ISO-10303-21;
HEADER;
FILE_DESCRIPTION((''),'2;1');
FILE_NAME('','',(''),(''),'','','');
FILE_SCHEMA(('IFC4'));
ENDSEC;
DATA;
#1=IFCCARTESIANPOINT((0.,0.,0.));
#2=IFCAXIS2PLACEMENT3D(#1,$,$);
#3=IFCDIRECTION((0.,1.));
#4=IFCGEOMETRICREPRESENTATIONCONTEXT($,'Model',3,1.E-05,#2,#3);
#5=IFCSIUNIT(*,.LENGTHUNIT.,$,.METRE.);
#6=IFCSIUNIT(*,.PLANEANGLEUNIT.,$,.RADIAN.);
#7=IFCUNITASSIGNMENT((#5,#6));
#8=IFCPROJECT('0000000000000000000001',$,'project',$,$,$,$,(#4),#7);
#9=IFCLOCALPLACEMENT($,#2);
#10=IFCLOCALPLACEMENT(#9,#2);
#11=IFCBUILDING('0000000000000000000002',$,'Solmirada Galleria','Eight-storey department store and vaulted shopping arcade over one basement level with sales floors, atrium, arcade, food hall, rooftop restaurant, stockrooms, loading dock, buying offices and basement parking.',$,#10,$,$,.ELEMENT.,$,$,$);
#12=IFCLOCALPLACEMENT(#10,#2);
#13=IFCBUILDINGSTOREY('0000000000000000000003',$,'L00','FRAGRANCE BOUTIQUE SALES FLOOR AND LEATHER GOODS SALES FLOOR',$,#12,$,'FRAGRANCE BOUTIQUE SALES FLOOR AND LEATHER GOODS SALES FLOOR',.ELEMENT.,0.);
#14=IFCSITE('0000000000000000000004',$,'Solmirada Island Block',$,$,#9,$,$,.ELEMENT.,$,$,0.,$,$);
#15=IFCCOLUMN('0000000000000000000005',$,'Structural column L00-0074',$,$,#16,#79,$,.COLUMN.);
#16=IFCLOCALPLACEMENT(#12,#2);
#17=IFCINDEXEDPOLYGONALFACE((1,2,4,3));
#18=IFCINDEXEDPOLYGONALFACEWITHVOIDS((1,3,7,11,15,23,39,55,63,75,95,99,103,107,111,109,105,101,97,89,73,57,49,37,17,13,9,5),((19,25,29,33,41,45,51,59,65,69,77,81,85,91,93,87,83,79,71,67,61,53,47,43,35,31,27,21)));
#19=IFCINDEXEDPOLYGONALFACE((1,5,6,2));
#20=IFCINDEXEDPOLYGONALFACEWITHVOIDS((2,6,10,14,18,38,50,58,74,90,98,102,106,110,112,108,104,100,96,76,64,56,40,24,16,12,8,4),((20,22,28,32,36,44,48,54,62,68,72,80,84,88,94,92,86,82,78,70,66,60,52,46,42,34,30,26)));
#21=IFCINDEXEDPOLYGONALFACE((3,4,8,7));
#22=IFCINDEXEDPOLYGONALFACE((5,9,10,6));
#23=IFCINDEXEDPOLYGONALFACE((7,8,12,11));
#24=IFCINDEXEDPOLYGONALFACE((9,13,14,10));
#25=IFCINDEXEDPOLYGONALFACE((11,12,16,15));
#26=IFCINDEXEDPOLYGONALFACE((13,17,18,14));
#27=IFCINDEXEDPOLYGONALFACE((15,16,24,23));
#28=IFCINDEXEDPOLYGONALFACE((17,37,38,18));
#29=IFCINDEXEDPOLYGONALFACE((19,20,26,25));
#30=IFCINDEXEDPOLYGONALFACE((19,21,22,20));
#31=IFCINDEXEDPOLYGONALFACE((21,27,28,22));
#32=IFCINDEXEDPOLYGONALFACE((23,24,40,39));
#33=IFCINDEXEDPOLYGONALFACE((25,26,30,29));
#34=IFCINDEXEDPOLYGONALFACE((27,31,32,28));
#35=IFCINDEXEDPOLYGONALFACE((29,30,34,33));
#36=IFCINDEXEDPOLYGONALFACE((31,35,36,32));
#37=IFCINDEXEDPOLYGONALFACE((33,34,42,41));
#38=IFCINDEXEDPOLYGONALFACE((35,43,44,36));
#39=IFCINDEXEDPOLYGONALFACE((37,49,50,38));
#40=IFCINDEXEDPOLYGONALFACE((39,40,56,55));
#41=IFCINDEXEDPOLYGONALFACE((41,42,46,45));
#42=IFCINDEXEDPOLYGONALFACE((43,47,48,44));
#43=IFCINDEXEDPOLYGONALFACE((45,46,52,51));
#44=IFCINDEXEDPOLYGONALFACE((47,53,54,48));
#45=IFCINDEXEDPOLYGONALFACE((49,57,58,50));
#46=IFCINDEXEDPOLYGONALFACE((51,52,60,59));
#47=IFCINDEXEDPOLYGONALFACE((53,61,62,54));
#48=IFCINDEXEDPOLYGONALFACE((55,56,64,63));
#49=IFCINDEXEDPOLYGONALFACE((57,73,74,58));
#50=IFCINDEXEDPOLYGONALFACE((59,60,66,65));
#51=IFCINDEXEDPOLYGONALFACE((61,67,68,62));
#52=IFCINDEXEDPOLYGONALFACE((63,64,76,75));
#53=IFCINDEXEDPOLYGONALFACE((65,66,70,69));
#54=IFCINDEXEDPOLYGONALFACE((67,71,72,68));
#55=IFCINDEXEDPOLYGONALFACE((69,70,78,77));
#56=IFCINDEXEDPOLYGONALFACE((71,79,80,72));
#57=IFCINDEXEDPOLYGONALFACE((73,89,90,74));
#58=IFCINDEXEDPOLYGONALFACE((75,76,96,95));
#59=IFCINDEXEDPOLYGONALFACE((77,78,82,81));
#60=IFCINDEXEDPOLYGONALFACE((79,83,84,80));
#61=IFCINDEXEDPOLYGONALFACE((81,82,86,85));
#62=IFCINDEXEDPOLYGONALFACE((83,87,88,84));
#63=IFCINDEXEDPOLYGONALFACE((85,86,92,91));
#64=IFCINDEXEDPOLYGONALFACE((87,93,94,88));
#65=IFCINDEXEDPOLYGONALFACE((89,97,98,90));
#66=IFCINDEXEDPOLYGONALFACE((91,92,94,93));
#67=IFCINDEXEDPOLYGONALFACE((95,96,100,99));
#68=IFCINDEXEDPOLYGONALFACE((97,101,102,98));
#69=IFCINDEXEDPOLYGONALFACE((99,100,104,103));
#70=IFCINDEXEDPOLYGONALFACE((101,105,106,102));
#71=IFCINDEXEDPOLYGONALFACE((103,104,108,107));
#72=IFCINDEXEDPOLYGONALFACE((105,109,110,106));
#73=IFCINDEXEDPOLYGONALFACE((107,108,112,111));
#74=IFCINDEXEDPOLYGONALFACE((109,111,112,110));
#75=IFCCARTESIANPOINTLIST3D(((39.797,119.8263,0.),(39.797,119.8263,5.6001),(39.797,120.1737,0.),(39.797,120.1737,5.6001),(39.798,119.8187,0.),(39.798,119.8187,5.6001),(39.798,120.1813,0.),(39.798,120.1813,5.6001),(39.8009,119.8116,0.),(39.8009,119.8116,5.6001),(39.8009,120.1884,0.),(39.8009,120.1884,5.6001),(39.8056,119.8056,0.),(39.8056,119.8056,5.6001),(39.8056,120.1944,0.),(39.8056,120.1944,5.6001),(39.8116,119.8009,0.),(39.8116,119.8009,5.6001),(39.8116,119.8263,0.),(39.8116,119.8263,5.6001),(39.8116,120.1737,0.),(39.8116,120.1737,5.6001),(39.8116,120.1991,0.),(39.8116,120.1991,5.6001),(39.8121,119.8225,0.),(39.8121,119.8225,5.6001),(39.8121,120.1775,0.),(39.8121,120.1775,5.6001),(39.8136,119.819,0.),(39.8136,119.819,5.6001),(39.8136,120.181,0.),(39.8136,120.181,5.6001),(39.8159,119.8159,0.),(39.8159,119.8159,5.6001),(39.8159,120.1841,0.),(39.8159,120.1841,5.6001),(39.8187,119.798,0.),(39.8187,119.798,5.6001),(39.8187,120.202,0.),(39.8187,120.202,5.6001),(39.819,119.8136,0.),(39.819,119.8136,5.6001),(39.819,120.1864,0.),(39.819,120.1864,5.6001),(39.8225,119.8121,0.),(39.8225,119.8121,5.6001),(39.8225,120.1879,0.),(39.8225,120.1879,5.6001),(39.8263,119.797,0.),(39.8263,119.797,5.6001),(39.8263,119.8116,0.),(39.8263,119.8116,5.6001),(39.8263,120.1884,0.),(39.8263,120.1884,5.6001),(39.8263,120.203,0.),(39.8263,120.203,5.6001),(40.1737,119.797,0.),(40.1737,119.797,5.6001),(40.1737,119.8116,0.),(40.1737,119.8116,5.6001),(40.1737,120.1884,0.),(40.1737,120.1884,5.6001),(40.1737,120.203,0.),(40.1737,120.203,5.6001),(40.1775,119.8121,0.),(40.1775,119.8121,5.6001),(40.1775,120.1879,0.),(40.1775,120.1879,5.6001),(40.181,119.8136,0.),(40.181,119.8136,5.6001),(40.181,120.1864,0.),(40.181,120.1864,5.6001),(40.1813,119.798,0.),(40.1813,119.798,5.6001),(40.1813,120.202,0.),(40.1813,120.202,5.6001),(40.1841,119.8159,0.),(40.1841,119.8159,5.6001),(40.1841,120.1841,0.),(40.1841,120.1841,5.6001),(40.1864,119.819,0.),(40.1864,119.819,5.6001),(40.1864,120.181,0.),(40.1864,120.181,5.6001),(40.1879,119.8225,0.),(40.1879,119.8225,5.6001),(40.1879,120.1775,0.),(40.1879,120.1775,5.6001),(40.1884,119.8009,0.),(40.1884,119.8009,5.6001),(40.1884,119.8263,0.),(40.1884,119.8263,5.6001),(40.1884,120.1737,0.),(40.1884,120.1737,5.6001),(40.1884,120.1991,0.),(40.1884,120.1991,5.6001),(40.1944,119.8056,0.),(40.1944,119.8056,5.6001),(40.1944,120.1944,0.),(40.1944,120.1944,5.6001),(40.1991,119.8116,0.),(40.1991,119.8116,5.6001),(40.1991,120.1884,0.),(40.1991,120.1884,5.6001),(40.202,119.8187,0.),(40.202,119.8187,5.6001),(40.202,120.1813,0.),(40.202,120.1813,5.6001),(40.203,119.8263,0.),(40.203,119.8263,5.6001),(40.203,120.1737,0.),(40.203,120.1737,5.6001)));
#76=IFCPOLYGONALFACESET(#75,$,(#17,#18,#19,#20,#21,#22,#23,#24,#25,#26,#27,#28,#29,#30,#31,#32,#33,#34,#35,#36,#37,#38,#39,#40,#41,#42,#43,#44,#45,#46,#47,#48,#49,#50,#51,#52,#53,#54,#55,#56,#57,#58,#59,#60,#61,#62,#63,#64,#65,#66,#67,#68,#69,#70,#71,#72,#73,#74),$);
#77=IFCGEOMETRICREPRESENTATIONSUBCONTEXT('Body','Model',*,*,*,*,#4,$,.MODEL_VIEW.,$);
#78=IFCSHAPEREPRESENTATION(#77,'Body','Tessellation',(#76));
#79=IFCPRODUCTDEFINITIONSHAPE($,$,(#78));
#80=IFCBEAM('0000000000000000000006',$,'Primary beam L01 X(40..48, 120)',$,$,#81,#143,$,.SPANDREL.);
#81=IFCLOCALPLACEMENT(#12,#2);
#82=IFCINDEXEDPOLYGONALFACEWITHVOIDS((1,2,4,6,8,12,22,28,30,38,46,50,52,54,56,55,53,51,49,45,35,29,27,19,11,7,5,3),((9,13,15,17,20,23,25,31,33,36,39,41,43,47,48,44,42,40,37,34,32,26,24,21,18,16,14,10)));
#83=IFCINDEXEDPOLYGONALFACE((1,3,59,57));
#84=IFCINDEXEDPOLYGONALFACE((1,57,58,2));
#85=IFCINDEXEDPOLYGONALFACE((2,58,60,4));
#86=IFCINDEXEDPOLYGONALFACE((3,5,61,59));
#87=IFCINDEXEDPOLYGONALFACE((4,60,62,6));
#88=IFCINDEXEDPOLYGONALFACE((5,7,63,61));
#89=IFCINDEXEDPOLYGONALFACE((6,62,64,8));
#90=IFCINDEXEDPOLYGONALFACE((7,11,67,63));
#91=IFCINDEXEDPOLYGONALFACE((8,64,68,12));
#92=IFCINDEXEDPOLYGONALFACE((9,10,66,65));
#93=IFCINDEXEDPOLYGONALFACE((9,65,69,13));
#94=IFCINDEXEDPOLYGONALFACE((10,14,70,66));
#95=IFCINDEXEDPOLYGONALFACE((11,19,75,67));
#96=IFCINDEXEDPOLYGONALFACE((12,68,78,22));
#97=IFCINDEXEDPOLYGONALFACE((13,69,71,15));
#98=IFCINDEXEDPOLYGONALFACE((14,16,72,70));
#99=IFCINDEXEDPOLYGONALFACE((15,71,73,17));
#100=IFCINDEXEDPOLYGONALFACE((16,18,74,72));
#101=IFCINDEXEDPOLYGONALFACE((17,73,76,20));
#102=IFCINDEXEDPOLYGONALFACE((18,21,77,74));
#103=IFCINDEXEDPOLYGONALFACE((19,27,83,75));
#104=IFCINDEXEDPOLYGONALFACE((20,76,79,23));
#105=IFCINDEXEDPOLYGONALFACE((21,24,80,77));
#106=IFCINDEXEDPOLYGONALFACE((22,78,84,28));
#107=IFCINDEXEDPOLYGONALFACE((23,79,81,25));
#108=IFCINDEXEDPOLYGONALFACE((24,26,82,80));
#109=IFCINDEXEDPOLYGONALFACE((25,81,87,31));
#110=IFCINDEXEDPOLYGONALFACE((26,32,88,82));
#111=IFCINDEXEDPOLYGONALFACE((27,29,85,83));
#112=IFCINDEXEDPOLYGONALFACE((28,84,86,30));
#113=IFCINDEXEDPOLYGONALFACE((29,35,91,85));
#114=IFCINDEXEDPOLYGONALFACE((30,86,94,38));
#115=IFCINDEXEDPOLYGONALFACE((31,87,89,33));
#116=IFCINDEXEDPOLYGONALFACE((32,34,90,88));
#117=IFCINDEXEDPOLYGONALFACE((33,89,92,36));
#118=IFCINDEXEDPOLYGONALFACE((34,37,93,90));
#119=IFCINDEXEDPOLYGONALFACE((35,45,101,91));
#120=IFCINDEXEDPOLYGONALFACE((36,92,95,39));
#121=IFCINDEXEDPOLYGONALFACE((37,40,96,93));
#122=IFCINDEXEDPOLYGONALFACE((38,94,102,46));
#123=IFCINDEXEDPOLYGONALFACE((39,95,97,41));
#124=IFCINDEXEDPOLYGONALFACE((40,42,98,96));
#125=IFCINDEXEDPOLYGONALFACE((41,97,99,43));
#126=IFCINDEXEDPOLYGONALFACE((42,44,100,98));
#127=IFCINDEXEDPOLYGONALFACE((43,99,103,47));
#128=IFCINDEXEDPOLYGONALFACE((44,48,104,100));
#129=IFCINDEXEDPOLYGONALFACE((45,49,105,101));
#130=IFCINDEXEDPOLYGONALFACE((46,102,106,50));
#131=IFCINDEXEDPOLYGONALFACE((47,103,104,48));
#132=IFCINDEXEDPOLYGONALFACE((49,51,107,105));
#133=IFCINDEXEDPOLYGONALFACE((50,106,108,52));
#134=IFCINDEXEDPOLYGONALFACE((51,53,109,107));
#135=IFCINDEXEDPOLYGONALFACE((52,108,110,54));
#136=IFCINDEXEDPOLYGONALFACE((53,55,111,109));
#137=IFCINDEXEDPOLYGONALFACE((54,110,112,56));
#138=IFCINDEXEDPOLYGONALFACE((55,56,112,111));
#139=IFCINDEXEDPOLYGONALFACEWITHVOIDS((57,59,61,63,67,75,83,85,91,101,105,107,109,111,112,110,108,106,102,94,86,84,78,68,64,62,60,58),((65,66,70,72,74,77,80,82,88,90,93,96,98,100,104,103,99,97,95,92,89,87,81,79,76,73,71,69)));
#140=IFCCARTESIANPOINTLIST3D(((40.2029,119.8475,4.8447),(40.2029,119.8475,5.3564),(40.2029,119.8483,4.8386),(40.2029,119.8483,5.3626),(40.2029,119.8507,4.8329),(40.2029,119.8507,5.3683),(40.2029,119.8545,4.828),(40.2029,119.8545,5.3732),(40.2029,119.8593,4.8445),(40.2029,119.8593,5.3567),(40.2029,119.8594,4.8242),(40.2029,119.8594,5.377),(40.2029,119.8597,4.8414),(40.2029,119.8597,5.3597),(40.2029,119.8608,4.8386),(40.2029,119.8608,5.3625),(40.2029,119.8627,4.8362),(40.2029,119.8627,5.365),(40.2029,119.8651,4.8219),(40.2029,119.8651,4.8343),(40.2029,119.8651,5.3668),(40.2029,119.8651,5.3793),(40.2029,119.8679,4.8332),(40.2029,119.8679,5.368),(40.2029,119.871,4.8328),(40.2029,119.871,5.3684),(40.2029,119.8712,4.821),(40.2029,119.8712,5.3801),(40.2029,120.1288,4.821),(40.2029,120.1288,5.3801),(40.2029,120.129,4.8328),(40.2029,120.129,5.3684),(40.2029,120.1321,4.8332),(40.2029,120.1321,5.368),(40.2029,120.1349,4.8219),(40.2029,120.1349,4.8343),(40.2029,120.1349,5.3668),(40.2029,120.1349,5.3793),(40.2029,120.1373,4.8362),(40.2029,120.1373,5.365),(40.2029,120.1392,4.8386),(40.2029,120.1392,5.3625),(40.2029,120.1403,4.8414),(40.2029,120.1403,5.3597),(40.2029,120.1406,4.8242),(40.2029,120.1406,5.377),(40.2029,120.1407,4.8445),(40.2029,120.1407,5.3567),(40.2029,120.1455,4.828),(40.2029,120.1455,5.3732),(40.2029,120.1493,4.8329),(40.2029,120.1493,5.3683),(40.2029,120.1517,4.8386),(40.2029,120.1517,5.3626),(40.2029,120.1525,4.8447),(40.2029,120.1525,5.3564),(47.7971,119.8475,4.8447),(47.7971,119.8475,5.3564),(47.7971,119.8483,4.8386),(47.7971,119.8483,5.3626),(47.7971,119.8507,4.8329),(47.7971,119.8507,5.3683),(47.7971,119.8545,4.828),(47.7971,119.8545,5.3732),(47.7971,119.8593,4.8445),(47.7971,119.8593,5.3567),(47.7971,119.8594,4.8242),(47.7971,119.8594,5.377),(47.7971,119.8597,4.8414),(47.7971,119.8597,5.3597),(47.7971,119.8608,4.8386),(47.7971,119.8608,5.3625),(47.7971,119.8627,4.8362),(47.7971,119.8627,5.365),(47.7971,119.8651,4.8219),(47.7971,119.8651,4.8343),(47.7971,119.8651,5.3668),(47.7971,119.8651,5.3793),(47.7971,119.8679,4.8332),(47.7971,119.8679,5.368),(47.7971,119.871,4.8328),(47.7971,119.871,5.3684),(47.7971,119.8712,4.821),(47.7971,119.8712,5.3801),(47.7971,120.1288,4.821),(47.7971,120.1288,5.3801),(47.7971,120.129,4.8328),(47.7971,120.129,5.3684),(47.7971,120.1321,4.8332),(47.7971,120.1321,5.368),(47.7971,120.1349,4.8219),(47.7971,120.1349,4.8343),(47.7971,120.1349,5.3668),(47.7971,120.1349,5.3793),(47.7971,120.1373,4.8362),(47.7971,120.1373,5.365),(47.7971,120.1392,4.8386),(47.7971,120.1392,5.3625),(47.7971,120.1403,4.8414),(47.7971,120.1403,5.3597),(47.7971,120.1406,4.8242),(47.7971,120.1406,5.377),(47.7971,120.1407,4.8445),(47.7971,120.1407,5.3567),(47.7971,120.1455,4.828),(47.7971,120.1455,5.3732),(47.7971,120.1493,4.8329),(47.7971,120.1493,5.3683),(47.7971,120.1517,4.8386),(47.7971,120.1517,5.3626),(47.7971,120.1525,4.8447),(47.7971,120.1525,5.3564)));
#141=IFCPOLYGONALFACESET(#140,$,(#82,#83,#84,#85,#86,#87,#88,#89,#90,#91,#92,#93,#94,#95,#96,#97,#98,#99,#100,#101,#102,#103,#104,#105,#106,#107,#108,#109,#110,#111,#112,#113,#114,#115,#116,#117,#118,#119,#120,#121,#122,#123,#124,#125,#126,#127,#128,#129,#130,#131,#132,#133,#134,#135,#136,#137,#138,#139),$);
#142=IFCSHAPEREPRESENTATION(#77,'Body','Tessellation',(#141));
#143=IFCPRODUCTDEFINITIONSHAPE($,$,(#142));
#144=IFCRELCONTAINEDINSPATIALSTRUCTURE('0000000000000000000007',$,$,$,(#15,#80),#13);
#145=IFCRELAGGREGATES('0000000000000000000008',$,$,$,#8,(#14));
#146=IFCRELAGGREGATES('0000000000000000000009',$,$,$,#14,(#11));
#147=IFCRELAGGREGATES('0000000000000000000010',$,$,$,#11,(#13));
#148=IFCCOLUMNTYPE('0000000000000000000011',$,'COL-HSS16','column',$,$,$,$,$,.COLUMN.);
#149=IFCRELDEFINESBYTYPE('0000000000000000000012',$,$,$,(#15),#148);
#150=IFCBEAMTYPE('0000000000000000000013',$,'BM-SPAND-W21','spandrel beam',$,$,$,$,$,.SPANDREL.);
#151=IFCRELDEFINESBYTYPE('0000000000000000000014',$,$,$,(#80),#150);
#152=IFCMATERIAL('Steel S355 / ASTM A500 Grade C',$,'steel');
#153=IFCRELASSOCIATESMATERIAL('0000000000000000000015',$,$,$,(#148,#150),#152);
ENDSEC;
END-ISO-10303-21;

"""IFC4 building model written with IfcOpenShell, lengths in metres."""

from ifc_helpers import new_model, si_unit, direction, frame, origin, origin_2d, place, context, subcontext, project, spatial, hollow_rectangle, extrude, material, material_profile, profile_set, type_object, element, save


model = new_model("IFC4")

# Units and contexts
model_context = context("Model", 3, precision=1e-05, world=origin(), true_north=direction((0.0, 1.0)))
body_context = subcontext(model_context, "Body", "Model", "MODEL_VIEW")
ifc_project = project(units=[si_unit("LENGTHUNIT", "METRE"), si_unit("PLANEANGLEUNIT", "RADIAN")], contexts=[model_context])

# Site, building, storey
site_placement = place(None, origin())
site = spatial("IfcSite", under=ifc_project, at=site_placement, Name="Solmirada Island Block", CompositionType="ELEMENT", RefElevation=0.0)
building_placement = place(site_placement, origin())
building = spatial("IfcBuilding", under=site, at=building_placement, Name="Solmirada Galleria", Description="Eight-storey department store and vaulted shopping arcade over one basement level with sales floors, atrium, arcade, food hall, rooftop restaurant, stockrooms, loading dock, buying offices and basement parking.", CompositionType="ELEMENT")
storey_placement = place(building_placement, origin())
storey = spatial("IfcBuildingStorey", under=building, at=storey_placement, Name="L00", Description="FRAGRANCE BOUTIQUE SALES FLOOR AND LEATHER GOODS SALES FLOOR", LongName="FRAGRANCE BOUTIQUE SALES FLOOR AND LEATHER GOODS SALES FLOOR", CompositionType="ELEMENT", Elevation=0.0)

# Column
ifc_material_1 = material(Name="Steel S355 / ASTM A500 Grade C", Category="steel")
ifc_material_profile_1 = material_profile(ifc_material_1, hollow_rectangle(XDim=0.406, YDim=0.406, WallThickness=0.0146, InnerFilletRadius=0.0146, OuterFilletRadius=0.0293, at=origin_2d()), Name="HSS16X16X5/8")
ifc_profile_set_1 = profile_set([ifc_material_profile_1], Name="Steel S355 / ASTM A500 Grade C")
column_type = type_object("IfcColumnType", Name="COL-HSS16", Description="column", PredefinedType="COLUMN", material=ifc_profile_set_1)
column_placement = place(storey_placement, frame((40.0, 120.0, 0.0), z_axis=(0.0, 0.0, 1.0), x_axis=(1.0, 0.0, 0.0)))
element("IfcColumn", 1, at=column_placement, inside=storey, type_object=column_type, Name="Structural column L00-0074", PredefinedType="COLUMN", context=body_context, shape_type="SweptSolid", body=[
    extrude(hollow_rectangle(XDim=0.406, YDim=0.406, WallThickness=0.0146, InnerFilletRadius=0.0146, OuterFilletRadius=0.0293, at=origin_2d()), origin(), (0.0, 0.0, 1.0), 5.6001),
])

# Beam
ifc_material_profile_2 = material_profile(ifc_material_1, hollow_rectangle(XDim=0.3049, YDim=0.5591, WallThickness=0.0117, InnerFilletRadius=0.0117, OuterFilletRadius=0.0237, at=origin_2d()), Name="HSS22X12X1/2")
ifc_profile_set_2 = profile_set([ifc_material_profile_2], Name="Steel S355 / ASTM A500 Grade C")
beam_type = type_object("IfcBeamType", Name="BM-SPAND-W21", Description="spandrel beam", PredefinedType="SPANDREL", material=ifc_profile_set_2)
for number, where, z_axis, x_axis, name in (
    (2, (40.2029, 120.0, 5.1006), (1.0, 0.0, 0.0), (0.0, 1.0, 0.0), "Primary beam L01 X(40..48, 120)"),
):
    element("IfcBeam", number, at=place(storey_placement, frame(where, z_axis=z_axis, x_axis=x_axis)), inside=storey, type_object=beam_type, Name=name, PredefinedType="SPANDREL", context=body_context, shape_type="SweptSolid", body=[
        extrude(hollow_rectangle(XDim=0.3049, YDim=0.5591, WallThickness=0.0117, InnerFilletRadius=0.0117, OuterFilletRadius=0.0237, at=origin_2d()), origin(), (0.0, 0.0, 1.0), 7.5942),
    ])

save(model, "model.ifc")
